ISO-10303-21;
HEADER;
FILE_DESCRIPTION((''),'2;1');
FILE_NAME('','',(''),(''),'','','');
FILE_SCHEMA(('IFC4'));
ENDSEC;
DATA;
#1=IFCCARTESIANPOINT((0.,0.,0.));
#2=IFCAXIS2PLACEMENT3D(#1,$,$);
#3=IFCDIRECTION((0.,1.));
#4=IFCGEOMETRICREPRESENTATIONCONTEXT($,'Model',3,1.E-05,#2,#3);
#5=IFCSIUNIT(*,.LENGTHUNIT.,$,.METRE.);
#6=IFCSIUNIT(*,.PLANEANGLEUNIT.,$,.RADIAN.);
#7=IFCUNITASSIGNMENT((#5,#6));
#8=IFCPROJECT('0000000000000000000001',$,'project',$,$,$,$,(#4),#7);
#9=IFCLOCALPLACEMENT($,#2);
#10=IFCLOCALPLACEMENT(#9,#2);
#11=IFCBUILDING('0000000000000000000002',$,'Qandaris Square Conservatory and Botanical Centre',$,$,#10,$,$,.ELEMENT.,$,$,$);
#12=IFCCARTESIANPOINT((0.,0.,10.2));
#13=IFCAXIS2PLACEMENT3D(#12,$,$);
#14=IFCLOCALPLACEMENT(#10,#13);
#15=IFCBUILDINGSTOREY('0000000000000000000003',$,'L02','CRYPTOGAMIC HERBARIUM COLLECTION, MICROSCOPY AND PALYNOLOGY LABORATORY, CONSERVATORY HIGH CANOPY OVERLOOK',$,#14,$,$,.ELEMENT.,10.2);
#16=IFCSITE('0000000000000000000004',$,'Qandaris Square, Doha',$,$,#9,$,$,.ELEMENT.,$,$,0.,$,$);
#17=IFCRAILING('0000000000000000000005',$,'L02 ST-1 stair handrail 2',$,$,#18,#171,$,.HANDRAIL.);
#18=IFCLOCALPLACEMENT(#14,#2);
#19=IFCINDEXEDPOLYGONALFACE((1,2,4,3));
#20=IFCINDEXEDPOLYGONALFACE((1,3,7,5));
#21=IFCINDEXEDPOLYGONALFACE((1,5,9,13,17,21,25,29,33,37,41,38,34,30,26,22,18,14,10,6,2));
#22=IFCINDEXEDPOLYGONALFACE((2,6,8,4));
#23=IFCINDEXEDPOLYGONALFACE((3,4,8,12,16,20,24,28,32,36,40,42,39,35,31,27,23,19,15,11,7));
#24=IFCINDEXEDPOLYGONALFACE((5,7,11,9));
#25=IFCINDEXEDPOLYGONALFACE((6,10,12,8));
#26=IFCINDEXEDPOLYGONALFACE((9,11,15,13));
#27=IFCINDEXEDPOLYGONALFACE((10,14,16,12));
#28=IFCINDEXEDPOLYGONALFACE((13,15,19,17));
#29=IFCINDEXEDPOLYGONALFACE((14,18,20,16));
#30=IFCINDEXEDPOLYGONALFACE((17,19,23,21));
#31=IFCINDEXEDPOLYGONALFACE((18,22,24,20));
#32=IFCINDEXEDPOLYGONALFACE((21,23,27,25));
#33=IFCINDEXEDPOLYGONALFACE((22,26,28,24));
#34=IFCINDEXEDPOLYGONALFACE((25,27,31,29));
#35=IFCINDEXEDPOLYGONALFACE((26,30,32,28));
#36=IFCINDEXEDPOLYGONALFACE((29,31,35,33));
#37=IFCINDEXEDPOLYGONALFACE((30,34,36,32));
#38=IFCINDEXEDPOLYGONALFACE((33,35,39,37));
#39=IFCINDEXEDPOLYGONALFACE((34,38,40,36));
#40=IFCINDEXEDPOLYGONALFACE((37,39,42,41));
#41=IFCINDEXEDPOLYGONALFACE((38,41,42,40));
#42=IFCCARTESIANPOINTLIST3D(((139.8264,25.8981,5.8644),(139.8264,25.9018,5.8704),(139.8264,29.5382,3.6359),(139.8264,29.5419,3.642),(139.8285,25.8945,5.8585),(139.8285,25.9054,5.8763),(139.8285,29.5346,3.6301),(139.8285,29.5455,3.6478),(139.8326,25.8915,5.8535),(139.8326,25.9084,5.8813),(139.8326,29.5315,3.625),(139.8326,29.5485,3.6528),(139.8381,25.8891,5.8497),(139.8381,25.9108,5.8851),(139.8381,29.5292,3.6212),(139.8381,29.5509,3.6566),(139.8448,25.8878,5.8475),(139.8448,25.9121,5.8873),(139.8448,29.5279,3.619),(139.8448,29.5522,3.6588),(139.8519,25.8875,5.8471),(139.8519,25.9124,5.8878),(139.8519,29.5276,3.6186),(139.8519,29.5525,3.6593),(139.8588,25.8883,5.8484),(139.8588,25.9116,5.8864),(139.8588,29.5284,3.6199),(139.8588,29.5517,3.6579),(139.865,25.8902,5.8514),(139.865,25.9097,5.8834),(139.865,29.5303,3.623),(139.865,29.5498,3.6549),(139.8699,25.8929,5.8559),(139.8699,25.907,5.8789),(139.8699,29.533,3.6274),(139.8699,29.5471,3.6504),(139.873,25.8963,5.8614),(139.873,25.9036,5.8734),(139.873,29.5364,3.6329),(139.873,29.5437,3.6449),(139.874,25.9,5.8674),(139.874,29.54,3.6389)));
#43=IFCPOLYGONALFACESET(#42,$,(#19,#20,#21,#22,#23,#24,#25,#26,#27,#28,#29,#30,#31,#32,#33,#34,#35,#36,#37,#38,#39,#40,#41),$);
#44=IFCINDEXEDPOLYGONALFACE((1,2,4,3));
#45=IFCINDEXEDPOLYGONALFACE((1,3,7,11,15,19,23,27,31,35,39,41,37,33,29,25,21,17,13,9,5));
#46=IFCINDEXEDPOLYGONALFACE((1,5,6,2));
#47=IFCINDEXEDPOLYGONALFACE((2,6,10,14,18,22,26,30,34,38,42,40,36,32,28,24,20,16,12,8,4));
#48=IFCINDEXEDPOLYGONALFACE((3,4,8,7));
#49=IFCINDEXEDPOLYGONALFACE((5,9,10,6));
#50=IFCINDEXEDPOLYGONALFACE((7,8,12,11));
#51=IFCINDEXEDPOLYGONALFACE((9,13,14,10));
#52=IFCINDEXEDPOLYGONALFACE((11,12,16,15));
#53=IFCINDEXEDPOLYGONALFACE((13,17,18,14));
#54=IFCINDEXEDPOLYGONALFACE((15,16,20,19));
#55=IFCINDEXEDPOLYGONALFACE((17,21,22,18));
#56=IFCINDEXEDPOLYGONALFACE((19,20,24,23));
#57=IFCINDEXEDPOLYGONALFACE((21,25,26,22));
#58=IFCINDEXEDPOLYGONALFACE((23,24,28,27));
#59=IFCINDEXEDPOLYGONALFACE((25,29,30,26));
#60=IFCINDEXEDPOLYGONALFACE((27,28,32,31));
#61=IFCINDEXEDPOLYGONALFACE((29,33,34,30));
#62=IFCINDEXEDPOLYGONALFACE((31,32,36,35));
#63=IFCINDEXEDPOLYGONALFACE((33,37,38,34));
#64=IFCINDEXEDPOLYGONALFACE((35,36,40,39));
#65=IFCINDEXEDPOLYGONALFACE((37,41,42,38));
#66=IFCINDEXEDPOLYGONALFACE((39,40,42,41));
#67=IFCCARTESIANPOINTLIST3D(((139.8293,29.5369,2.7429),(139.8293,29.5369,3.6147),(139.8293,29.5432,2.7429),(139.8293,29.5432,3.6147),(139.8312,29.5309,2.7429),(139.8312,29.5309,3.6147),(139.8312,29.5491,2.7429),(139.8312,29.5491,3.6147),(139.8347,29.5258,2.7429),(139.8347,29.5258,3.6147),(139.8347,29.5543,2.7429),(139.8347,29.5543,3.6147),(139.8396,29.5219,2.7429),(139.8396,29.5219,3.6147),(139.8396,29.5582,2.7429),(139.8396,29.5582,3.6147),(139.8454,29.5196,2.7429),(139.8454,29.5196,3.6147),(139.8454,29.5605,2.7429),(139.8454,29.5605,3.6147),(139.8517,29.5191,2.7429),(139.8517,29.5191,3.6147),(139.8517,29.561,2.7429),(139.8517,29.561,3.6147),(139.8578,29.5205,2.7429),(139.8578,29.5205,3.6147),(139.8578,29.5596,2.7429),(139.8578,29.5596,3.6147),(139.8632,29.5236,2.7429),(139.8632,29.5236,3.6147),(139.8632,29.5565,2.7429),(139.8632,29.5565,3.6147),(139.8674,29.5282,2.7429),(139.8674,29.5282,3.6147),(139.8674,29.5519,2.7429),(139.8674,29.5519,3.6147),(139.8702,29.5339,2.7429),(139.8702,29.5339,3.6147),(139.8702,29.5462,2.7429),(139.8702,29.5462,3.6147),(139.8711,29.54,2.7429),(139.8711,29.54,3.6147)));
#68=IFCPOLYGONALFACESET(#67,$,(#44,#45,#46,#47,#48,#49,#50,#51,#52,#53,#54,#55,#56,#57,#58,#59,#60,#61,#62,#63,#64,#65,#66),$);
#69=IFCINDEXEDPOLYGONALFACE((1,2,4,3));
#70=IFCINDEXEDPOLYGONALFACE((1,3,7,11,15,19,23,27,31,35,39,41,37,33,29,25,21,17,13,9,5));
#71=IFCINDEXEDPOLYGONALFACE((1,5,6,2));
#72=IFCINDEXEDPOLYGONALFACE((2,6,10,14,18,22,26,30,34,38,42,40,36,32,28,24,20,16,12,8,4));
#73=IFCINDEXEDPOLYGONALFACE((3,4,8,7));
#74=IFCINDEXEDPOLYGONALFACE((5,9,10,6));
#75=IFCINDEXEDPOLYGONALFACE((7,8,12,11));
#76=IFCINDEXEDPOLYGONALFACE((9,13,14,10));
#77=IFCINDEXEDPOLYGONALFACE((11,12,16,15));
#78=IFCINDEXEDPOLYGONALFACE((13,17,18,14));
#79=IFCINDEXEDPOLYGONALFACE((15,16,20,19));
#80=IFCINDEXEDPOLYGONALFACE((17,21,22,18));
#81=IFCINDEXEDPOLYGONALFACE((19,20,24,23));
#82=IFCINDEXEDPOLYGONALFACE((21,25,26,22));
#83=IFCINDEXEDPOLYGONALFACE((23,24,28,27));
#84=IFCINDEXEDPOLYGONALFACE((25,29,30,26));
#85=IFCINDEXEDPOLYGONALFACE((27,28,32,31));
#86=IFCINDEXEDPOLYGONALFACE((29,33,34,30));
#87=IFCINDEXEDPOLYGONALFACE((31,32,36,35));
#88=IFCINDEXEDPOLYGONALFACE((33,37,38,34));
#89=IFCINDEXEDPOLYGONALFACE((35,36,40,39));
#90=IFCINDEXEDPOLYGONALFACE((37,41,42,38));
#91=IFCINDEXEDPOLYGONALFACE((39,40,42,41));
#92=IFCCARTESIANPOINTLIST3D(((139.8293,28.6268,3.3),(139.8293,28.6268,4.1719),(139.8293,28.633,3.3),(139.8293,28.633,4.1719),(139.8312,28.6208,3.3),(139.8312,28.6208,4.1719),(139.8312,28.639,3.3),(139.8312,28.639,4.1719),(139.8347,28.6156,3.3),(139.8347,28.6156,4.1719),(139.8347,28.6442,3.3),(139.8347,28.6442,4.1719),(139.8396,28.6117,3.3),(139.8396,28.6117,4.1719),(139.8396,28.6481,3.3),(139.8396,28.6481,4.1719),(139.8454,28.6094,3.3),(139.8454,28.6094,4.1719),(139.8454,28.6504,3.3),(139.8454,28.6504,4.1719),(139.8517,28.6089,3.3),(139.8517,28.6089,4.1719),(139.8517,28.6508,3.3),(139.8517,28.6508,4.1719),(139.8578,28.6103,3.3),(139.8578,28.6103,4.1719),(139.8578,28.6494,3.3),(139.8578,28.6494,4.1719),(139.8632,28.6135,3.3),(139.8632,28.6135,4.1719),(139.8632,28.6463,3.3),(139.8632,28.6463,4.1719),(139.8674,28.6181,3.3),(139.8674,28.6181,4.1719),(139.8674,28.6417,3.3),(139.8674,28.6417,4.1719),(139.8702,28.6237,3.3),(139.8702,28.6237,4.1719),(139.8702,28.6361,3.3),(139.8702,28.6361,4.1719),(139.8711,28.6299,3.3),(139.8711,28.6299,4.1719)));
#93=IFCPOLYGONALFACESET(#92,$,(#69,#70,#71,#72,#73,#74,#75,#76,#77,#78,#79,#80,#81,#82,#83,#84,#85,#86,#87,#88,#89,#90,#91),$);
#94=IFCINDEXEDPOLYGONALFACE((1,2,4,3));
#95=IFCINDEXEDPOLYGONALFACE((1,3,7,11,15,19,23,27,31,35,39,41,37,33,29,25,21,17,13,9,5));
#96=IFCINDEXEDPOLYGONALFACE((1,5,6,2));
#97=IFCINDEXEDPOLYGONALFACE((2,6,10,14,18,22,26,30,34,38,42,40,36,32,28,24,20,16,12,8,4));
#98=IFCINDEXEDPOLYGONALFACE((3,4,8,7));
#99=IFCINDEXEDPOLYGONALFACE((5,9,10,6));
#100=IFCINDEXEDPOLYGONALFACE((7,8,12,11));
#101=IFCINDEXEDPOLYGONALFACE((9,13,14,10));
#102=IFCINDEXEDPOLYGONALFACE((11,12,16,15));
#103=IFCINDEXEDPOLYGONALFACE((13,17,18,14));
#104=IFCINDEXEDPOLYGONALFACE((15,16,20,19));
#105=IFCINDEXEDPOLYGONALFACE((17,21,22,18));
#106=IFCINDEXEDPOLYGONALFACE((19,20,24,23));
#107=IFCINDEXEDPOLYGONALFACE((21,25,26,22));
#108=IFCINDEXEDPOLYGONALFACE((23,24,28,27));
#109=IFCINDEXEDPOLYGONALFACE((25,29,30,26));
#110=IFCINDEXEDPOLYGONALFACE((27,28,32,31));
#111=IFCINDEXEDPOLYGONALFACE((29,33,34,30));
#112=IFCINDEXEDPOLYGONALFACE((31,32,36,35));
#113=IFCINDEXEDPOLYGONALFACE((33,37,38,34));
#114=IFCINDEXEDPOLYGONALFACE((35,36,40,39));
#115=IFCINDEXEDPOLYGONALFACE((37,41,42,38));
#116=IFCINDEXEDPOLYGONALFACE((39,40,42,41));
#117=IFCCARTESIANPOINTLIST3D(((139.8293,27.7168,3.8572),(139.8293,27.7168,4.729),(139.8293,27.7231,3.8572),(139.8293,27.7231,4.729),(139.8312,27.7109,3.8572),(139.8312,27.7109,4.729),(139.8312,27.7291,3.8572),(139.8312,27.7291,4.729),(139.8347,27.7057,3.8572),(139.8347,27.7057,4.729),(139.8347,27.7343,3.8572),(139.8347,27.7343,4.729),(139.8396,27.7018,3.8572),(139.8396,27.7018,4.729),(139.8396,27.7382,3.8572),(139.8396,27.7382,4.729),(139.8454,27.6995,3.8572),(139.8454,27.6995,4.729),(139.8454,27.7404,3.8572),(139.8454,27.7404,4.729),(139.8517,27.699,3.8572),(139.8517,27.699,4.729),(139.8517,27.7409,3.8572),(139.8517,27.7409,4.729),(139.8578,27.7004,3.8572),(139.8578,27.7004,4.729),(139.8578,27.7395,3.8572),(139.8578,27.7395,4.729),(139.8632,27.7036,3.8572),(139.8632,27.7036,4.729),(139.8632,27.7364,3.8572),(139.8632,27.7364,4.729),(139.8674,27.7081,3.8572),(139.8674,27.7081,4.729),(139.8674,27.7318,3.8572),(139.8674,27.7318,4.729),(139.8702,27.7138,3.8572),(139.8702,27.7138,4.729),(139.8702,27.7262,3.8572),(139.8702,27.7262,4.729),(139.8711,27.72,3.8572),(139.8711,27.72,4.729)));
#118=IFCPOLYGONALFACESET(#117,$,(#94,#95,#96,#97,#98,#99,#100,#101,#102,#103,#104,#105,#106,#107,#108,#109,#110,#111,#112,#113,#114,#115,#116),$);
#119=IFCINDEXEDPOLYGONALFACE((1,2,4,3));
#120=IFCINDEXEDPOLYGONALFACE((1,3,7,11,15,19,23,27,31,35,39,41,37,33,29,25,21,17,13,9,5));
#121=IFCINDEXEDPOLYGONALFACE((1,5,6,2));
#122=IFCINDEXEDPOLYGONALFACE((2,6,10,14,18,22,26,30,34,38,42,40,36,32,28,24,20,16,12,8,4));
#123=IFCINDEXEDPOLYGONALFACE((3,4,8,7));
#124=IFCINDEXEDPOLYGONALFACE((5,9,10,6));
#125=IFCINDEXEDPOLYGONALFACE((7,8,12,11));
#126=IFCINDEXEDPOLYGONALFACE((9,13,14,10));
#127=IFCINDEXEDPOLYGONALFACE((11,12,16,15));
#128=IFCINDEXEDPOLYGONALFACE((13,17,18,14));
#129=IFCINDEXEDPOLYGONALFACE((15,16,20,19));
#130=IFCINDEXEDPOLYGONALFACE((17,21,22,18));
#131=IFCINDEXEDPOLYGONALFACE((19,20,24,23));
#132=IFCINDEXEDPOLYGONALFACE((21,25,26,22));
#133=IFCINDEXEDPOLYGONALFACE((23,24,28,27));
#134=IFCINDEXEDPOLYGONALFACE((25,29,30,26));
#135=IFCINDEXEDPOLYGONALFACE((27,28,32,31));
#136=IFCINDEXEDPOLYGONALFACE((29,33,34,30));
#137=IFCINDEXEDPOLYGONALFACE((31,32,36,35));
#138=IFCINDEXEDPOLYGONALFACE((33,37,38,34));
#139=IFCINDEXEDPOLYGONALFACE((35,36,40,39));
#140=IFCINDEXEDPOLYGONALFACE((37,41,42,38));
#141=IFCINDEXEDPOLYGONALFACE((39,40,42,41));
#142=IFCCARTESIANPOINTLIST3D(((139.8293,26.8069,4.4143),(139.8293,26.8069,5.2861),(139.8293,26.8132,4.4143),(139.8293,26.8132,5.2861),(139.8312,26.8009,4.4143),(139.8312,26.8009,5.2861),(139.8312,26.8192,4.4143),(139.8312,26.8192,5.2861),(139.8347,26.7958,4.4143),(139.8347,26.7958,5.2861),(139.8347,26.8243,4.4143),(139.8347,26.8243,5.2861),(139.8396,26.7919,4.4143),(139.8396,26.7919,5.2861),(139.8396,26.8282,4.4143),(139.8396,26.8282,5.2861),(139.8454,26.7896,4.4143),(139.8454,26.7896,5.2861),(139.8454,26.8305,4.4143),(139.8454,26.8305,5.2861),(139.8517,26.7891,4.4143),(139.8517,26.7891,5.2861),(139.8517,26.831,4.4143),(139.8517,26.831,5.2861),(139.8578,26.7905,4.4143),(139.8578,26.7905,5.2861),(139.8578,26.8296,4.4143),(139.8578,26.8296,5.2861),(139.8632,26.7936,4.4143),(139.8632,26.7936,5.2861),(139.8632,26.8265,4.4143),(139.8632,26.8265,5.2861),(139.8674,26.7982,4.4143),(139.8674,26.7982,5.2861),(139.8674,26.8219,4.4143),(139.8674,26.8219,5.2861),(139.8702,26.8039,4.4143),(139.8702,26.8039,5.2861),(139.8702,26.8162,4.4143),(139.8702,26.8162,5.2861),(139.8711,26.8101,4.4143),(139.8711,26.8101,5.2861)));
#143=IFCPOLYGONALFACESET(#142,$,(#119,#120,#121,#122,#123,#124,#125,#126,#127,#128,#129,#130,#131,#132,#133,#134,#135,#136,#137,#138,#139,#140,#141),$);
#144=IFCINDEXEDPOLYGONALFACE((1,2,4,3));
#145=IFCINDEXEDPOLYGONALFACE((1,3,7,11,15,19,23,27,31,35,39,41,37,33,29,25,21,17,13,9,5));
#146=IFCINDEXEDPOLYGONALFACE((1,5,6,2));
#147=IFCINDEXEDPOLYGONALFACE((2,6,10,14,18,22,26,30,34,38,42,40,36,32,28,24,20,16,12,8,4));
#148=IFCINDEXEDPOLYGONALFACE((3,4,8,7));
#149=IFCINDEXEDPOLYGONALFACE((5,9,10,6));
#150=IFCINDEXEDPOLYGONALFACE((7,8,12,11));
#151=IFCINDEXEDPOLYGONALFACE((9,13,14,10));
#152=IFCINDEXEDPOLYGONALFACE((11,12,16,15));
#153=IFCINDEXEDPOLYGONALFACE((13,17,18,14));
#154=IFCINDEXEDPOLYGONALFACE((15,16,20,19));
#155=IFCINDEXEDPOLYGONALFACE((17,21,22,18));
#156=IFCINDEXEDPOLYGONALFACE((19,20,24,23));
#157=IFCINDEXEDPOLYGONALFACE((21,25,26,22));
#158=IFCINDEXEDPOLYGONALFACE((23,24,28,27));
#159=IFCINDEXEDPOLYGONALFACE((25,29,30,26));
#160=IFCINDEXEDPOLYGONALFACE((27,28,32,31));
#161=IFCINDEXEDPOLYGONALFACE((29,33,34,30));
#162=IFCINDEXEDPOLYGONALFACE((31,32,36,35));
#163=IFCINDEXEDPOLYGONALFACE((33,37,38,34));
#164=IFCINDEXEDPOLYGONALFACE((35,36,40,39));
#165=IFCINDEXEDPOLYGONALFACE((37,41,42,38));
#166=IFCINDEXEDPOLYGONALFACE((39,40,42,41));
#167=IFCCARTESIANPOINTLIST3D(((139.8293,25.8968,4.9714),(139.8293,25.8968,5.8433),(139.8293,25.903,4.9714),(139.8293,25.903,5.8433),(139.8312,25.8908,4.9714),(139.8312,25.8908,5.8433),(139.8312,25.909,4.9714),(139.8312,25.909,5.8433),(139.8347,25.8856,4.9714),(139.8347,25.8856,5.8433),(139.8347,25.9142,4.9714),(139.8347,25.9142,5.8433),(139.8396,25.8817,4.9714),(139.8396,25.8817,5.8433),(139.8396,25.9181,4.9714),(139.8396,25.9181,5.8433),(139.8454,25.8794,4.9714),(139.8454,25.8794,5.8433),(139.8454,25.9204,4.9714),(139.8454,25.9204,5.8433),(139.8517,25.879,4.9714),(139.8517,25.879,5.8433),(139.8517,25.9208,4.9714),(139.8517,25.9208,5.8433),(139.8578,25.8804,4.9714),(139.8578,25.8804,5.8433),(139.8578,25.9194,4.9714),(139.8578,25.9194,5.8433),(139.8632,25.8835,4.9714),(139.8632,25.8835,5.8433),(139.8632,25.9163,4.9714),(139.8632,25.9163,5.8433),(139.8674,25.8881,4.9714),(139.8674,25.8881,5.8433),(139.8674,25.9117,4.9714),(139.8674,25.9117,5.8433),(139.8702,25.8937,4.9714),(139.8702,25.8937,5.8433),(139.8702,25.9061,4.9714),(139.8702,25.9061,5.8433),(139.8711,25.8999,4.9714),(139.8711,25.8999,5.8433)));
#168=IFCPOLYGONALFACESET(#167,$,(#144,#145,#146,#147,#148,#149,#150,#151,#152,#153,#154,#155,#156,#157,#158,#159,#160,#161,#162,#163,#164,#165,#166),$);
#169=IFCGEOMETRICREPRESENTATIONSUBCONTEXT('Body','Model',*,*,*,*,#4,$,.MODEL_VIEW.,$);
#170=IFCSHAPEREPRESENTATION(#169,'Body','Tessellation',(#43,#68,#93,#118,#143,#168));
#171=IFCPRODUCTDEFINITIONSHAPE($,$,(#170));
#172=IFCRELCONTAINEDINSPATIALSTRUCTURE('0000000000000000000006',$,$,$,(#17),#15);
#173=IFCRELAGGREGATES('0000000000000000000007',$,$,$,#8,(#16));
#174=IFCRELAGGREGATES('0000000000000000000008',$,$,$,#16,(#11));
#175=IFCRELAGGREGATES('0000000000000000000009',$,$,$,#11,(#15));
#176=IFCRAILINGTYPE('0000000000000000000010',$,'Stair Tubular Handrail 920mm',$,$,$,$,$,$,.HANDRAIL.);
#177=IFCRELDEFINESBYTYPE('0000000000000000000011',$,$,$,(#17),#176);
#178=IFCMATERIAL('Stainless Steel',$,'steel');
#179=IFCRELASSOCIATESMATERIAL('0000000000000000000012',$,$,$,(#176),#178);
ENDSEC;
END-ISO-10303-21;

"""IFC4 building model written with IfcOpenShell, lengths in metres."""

from ifc_helpers import new_model, si_unit, direction, frame, origin, origin_2d, place, context, subcontext, project, spatial, circle, extrude, material, type_object, element, save


model = new_model("IFC4")

# Units and contexts
model_context = context("Model", 3, precision=1e-05, world=origin(), true_north=direction((0.0, 1.0)))
body_context = subcontext(model_context, "Body", "Model", "MODEL_VIEW")
ifc_project = project(units=[si_unit("LENGTHUNIT", "METRE"), si_unit("PLANEANGLEUNIT", "RADIAN")], contexts=[model_context])

# Site, building, storey
site_placement = place(None, origin())
site = spatial("IfcSite", under=ifc_project, at=site_placement, Name="Qandaris Square, Doha", CompositionType="ELEMENT", RefElevation=0.0)
building_placement = place(site_placement, origin())
building = spatial("IfcBuilding", under=site, at=building_placement, Name="Qandaris Square Conservatory and Botanical Centre", CompositionType="ELEMENT")
storey_placement = place(building_placement, frame((0.0, 0.0, 10.2)))
storey = spatial("IfcBuildingStorey", under=building, at=storey_placement, Name="L02", Description="CRYPTOGAMIC HERBARIUM COLLECTION, MICROSCOPY AND PALYNOLOGY LABORATORY, CONSERVATORY HIGH CANOPY OVERLOOK", CompositionType="ELEMENT", Elevation=10.2)

# Railing
ifc_material_1 = material(Name="Stainless Steel", Category="steel")
railing_type_1 = type_object("IfcRailingType", Name="Stair Tubular Handrail 920mm", PredefinedType="HANDRAIL", material=ifc_material_1)
railing_1_placement = place(storey_placement, frame((139.8501, 29.54, 2.7429)))
element("IfcRailing", 1, at=railing_1_placement, inside=storey, type_object=railing_type_1, Name="L02 ST-1 stair handrail 2", PredefinedType="HANDRAIL", context=body_context, shape_type="SweptSolid", body=[
    extrude(circle(Radius=0.0239, at=origin_2d()), frame((0.0, 0.0, 0.896), z_axis=(0.0, -0.852866, 0.52213), x_axis=(1.0, 0.0, 0.0)), (0.0, 0.0, 1.0), 4.2681),
    extrude(circle(Radius=0.021, at=origin_2d()), origin(), (0.0, 0.0, 1.0), 0.8718),
    extrude(circle(Radius=0.021, at=origin_2d()), frame((0.0, -0.9102, 0.5571)), (0.0, 0.0, 1.0), 0.8718),
    extrude(circle(Radius=0.021, at=origin_2d()), frame((0.0, -1.8201, 1.1143)), (0.0, 0.0, 1.0), 0.8718),
    extrude(circle(Radius=0.021, at=origin_2d()), frame((0.0, -2.73, 1.6714)), (0.0, 0.0, 1.0), 0.8718),
    extrude(circle(Radius=0.021, at=origin_2d()), frame((0.0, -3.6401, 2.2285)), (0.0, 0.0, 1.0), 0.8718),
])

save(model, "model.ifc")
